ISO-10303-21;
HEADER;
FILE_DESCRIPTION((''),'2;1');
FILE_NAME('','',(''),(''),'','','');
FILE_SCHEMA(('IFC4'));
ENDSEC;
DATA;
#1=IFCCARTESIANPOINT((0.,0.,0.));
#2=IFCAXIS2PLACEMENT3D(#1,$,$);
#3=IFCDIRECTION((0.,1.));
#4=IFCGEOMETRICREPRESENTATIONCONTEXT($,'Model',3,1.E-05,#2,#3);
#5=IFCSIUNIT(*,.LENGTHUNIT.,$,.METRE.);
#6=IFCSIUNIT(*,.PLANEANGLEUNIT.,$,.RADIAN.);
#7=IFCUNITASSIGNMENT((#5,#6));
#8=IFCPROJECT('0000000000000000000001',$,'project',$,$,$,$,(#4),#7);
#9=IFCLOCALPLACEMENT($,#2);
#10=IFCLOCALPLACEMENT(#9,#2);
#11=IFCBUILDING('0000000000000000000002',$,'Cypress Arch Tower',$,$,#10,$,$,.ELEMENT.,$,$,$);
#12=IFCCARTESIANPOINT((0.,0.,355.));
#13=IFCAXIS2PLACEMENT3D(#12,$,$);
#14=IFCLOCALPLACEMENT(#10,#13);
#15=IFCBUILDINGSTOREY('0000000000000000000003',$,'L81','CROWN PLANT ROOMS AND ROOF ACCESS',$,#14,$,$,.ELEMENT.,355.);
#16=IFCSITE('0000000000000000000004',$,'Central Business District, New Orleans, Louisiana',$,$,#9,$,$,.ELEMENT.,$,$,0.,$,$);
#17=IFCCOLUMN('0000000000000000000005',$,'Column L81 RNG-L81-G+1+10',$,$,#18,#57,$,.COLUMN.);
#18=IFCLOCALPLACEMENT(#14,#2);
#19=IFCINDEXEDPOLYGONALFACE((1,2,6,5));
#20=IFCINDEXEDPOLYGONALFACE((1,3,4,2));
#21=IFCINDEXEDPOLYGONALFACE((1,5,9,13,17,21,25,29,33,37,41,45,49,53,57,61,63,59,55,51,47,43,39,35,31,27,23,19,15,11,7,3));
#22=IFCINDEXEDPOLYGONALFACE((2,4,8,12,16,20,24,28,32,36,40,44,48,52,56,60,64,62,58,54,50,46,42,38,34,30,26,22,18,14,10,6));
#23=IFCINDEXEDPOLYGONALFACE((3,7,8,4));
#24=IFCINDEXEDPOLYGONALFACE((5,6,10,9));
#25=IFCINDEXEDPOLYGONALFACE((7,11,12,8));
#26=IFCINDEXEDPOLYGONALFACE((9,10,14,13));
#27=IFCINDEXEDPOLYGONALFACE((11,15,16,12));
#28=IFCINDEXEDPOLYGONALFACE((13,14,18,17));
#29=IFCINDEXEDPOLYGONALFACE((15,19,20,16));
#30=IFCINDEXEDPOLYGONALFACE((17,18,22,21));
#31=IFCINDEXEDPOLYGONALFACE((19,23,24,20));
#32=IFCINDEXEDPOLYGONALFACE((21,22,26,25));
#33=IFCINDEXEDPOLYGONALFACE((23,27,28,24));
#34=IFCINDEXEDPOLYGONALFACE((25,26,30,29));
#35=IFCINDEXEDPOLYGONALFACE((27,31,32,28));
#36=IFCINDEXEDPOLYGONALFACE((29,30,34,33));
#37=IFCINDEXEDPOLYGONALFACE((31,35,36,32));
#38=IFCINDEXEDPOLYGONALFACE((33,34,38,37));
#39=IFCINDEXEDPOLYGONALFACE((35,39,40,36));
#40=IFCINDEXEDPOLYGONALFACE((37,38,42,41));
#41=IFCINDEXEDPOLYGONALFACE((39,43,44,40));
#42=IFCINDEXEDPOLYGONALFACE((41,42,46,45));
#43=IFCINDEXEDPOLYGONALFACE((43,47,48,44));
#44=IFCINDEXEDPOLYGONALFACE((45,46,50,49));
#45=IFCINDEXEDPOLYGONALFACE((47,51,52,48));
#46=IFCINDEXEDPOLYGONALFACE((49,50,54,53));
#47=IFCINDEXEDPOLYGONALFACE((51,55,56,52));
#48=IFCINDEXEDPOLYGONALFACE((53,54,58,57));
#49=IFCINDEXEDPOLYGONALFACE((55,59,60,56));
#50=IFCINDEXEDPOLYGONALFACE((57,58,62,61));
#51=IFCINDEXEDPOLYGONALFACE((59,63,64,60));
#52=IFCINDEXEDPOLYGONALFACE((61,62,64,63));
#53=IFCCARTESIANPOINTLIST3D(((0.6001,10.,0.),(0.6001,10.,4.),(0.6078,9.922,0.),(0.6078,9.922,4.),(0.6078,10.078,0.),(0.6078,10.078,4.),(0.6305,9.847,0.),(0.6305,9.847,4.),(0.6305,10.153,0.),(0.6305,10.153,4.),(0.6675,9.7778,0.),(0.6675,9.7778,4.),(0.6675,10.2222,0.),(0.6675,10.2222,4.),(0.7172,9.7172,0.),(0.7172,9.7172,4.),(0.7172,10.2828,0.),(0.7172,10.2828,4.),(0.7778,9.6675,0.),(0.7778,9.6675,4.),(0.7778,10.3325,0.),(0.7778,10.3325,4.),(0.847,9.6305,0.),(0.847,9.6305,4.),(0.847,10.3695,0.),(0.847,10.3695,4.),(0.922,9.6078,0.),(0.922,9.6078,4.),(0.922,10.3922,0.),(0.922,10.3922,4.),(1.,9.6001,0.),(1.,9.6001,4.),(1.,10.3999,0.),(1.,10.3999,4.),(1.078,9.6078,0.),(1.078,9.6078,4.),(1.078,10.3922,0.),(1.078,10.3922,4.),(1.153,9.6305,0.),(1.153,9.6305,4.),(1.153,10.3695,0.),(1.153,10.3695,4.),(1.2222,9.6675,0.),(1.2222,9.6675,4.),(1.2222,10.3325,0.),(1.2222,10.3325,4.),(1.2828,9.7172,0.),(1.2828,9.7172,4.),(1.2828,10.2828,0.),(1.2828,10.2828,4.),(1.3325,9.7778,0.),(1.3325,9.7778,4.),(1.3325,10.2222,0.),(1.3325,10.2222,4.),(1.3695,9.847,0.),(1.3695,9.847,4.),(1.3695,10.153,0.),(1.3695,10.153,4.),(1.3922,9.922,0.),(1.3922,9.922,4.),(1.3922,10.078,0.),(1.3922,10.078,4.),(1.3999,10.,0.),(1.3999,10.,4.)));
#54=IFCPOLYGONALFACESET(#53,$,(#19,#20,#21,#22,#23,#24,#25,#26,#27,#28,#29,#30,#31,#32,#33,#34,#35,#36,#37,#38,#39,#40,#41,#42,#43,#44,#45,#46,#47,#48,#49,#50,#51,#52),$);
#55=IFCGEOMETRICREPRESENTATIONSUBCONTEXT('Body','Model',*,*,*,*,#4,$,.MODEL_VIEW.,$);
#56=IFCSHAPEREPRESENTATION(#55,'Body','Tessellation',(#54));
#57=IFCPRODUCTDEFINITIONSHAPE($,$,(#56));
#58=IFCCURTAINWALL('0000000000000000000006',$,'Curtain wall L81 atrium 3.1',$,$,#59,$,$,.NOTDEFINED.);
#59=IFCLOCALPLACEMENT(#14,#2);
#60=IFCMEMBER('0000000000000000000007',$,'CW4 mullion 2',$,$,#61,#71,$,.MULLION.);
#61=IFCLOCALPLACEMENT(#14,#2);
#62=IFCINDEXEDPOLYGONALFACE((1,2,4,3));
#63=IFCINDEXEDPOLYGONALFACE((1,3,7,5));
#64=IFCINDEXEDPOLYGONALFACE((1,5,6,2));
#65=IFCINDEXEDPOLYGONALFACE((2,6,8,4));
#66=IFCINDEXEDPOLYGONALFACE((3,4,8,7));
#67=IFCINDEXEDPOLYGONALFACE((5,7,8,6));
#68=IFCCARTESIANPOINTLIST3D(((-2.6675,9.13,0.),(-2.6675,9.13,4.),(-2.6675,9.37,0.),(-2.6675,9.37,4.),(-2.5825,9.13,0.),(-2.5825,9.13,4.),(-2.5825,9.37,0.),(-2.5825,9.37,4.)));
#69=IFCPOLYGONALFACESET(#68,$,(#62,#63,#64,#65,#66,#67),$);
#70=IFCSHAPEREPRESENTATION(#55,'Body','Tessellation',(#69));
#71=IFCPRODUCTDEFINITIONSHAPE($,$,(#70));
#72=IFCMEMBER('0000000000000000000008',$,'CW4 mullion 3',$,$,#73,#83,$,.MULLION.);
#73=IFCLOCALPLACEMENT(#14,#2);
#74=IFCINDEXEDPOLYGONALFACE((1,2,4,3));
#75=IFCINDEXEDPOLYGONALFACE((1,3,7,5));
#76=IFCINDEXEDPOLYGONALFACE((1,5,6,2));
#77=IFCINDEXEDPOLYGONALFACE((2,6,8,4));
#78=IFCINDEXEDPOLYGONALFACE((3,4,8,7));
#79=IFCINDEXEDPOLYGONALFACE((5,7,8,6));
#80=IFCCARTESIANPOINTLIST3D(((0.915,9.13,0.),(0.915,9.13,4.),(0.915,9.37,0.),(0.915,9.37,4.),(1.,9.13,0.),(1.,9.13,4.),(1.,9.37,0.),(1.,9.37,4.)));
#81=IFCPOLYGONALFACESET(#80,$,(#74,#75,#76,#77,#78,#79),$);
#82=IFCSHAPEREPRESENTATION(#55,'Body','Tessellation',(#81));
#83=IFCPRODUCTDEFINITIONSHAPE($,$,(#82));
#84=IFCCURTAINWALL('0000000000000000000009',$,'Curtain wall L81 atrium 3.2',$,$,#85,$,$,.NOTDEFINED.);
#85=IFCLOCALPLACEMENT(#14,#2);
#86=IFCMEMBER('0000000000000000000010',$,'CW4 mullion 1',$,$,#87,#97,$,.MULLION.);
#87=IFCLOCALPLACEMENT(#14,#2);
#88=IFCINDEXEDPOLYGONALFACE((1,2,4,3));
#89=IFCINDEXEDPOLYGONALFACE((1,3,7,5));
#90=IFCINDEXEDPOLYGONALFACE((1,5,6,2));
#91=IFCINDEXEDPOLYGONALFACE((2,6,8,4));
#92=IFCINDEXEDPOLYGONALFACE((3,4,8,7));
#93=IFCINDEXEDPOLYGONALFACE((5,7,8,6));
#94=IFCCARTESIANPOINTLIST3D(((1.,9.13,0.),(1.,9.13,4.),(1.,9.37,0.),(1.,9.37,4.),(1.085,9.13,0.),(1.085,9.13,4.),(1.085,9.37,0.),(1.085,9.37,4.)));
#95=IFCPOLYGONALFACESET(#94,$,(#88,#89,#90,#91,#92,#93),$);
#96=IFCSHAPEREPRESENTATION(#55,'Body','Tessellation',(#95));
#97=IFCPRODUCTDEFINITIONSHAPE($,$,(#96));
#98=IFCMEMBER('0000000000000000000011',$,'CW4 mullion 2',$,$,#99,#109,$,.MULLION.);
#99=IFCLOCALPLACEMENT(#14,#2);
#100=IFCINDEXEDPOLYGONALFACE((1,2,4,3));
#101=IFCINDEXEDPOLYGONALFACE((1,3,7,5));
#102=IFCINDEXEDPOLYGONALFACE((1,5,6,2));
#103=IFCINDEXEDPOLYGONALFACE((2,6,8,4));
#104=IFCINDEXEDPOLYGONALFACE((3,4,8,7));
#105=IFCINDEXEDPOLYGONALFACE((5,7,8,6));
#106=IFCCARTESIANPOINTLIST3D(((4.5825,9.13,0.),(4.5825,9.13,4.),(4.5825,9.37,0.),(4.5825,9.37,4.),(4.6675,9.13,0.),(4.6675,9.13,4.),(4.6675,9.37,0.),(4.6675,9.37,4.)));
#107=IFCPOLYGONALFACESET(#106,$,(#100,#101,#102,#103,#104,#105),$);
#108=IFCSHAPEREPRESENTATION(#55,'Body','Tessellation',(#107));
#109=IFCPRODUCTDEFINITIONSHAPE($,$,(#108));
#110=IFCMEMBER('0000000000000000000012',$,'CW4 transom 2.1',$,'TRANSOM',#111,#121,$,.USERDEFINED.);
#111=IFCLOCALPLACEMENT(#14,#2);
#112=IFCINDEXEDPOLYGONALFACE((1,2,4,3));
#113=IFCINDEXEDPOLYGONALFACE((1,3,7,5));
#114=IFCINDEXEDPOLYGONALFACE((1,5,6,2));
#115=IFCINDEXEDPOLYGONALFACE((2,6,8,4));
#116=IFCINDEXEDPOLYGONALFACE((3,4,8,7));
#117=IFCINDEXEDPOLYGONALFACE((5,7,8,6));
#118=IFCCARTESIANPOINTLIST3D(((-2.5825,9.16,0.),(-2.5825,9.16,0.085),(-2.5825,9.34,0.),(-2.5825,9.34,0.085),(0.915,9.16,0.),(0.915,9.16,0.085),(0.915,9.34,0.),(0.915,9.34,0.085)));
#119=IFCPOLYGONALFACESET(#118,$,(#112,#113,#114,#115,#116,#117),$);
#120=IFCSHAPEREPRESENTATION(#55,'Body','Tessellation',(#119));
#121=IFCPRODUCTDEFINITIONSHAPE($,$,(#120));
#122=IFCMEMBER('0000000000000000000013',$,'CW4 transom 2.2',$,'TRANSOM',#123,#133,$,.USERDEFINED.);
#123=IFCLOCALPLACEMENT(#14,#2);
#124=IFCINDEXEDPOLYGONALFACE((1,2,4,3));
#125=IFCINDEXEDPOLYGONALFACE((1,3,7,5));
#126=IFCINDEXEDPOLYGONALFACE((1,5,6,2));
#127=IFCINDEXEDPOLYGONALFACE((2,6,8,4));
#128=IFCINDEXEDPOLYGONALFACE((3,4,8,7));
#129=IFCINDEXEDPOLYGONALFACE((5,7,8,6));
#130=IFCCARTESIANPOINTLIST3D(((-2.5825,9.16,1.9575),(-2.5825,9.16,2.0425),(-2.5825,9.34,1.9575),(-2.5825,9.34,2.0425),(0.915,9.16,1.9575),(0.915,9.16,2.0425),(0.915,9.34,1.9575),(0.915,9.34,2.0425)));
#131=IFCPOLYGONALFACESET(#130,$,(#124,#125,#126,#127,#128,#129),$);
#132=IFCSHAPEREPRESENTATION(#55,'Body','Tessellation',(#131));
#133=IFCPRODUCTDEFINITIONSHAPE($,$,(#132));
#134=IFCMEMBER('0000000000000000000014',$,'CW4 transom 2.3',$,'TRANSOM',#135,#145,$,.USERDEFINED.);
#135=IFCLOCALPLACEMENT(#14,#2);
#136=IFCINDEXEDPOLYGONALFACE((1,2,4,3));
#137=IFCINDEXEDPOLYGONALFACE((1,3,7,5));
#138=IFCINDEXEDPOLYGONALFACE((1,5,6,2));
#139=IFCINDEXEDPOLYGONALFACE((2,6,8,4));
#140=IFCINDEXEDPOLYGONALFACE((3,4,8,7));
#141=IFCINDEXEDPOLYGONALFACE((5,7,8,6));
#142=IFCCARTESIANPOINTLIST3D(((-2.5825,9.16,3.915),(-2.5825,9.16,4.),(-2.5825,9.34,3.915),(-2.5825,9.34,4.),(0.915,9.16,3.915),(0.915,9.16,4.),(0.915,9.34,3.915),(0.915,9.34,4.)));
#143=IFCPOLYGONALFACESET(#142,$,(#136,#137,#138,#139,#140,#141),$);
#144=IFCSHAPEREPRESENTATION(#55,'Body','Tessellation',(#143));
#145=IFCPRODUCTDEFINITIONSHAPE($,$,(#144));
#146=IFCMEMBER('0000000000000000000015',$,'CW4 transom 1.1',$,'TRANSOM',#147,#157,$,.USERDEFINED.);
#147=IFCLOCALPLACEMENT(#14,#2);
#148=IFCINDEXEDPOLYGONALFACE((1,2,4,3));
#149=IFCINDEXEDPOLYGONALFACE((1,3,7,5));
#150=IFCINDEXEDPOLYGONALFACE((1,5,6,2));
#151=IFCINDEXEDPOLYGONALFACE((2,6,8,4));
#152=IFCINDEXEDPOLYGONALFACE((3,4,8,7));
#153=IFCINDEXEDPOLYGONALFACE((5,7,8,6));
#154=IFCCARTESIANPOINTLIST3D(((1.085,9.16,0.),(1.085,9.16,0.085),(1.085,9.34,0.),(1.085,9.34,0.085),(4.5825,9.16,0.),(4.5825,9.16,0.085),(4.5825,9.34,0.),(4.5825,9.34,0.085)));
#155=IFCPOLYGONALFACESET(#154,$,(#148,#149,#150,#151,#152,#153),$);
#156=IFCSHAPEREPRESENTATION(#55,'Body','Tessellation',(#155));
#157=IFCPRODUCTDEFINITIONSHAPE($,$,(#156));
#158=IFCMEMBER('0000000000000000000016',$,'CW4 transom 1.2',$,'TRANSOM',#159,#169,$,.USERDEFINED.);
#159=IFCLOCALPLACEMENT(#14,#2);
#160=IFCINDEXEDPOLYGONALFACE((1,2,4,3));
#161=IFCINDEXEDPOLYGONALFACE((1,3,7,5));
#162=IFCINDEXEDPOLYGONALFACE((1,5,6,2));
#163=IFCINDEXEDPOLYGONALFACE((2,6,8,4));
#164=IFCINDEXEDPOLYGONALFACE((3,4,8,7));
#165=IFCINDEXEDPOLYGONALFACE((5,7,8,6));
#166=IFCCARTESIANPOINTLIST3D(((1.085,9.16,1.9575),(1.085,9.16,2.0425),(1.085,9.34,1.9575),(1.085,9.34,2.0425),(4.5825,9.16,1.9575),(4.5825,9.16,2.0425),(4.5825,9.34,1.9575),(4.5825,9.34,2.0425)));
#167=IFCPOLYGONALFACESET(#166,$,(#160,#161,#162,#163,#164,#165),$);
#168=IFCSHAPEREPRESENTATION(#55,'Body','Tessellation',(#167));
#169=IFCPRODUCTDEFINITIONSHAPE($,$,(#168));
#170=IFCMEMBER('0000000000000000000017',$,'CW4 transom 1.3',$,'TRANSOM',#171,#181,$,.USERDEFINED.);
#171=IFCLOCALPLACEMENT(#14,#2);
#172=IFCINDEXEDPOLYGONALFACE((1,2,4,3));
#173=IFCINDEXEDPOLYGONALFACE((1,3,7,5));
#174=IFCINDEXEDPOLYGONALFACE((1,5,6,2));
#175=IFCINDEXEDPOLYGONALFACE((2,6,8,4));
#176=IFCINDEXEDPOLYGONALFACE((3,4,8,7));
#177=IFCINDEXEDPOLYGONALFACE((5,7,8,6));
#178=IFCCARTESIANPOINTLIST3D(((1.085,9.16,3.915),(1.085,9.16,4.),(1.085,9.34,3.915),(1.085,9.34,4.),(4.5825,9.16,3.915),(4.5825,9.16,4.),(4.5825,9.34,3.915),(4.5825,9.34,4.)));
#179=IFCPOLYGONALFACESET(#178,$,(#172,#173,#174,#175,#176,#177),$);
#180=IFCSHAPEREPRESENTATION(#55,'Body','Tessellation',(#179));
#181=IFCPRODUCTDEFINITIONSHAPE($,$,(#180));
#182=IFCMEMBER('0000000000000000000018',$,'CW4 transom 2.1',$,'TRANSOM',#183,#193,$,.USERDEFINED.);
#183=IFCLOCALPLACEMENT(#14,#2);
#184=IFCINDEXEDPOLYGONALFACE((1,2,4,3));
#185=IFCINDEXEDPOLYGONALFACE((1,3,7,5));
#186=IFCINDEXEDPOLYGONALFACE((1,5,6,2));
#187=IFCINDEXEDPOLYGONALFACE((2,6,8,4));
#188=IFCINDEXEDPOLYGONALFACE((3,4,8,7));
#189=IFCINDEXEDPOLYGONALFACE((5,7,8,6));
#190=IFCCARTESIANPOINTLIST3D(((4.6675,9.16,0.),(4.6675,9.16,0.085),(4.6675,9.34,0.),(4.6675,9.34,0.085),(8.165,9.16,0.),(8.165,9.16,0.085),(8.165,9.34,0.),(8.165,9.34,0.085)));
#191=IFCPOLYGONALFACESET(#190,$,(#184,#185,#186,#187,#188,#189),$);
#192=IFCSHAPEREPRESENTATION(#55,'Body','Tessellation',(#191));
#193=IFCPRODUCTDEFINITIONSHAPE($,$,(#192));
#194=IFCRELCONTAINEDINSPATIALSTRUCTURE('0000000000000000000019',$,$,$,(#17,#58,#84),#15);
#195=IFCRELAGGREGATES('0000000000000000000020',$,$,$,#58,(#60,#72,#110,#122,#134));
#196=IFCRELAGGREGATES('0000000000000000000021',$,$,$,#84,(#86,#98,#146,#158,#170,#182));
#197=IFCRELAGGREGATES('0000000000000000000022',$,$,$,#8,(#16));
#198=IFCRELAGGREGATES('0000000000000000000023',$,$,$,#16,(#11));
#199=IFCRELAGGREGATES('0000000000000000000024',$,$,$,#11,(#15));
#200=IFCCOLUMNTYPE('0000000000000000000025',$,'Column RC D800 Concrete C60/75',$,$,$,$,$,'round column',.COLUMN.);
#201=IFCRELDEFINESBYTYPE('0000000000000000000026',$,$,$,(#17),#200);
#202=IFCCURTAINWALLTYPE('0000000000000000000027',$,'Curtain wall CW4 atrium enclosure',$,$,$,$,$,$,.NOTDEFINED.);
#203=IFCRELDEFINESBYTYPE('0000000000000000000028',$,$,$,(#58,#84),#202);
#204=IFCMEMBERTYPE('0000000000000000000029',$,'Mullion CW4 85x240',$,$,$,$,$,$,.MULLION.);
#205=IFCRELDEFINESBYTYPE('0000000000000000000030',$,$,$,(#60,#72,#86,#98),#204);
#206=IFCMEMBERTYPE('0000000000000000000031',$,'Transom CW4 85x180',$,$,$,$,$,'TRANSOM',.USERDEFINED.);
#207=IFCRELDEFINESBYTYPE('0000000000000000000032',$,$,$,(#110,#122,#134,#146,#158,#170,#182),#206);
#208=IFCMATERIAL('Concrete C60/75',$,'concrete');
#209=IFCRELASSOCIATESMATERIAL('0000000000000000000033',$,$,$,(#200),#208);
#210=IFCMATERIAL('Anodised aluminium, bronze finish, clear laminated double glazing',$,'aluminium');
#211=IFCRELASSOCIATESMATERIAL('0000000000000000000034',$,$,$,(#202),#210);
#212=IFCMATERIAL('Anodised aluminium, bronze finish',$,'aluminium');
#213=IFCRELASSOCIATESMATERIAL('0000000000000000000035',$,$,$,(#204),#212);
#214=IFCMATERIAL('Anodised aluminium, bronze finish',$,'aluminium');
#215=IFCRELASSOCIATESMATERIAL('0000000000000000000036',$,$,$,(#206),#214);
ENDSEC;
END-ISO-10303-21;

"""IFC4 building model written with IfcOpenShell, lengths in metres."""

from ifc_helpers import new_model, si_unit, direction, frame, origin, origin_2d, place, context, subcontext, project, spatial, rectangle, circle, extrude, material, material_profile, profile_set, type_object, element, aggregate, save


model = new_model("IFC4")

# Units and contexts
model_context = context("Model", 3, precision=1e-05, world=origin(), true_north=direction((0.0, 1.0)))
body_context = subcontext(model_context, "Body", "Model", "MODEL_VIEW")
ifc_project = project(units=[si_unit("LENGTHUNIT", "METRE"), si_unit("PLANEANGLEUNIT", "RADIAN")], contexts=[model_context])

# Site, building, storey
site_placement = place(None, origin())
site = spatial("IfcSite", under=ifc_project, at=site_placement, Name="Central Business District, New Orleans, Louisiana", CompositionType="ELEMENT", RefElevation=0.0)
building_placement = place(site_placement, origin())
building = spatial("IfcBuilding", under=site, at=building_placement, Name="Cypress Arch Tower", CompositionType="ELEMENT")
storey_placement = place(building_placement, frame((0.0, 0.0, 355.0)))
storey = spatial("IfcBuildingStorey", under=building, at=storey_placement, Name="L81", Description="CROWN PLANT ROOMS AND ROOF ACCESS", CompositionType="ELEMENT", Elevation=355.0)

# Column
ifc_material_1 = material(Name="Concrete C60/75", Category="concrete")
ifc_material_profile_1 = material_profile(ifc_material_1, circle(Radius=0.3999, at=origin_2d()), Name="RC D800")
ifc_profile_set_1 = profile_set([ifc_material_profile_1], Name="Concrete C60/75")
column_type = type_object("IfcColumnType", Name="Column RC D800 Concrete C60/75", ElementType="round column", PredefinedType="COLUMN", material=ifc_profile_set_1)
column_placement = place(storey_placement, frame((1.0, 10.0, 0.0), z_axis=(0.0, 0.0, 1.0), x_axis=(1.0, 0.0, 0.0)))
element("IfcColumn", 1, at=column_placement, inside=storey, type_object=column_type, Name="Column L81 RNG-L81-G+1+10", PredefinedType="COLUMN", context=body_context, shape_type="SweptSolid", body=[
    extrude(circle(Radius=0.3999, at=origin_2d()), origin(), (0.0, 0.0, 1.0), 4.0),
])

# Curtain walls, members
ifc_material_2 = material(Name="Anodised aluminium, bronze finish, clear laminated double glazing", Category="aluminium")
curtain_wall_type = type_object("IfcCurtainWallType", Name="Curtain wall CW4 atrium enclosure", PredefinedType="NOTDEFINED", material=ifc_material_2)
curtain_wall_1_placement = place(storey_placement, origin())
curtain_wall_1 = element("IfcCurtainWall", 2, at=curtain_wall_1_placement, inside=storey, type_object=curtain_wall_type, Name="Curtain wall L81 atrium 3.1", PredefinedType="NOTDEFINED")
ifc_material_3 = material(Name="Anodised aluminium, bronze finish", Category="aluminium")
ifc_material_profile_2 = material_profile(ifc_material_3, rectangle(XDim=0.24, YDim=0.085, at=origin_2d()), Name="Mullion 85x240")
ifc_profile_set_2 = profile_set([ifc_material_profile_2], Name="Anodised aluminium, bronze finish")
member_type_1 = type_object("IfcMemberType", Name="Mullion CW4 85x240", PredefinedType="MULLION", material=ifc_profile_set_2)
member_1_placement = place(storey_placement, frame((-2.625, 9.25, 0.0), z_axis=(0.0, 0.0, 1.0), x_axis=(0.0, 1.0, 0.0)))
member_1 = element("IfcMember", 3, at=member_1_placement, type_object=member_type_1, Name="CW4 mullion 2", PredefinedType="MULLION", context=body_context, shape_type="SweptSolid", body=[
    extrude(rectangle(XDim=0.24, YDim=0.085, at=origin_2d()), origin(), (0.0, 0.0, 1.0), 4.0),
])
member_2_placement = place(storey_placement, frame((0.9575, 9.25, 0.0), z_axis=(0.0, 0.0, 1.0), x_axis=(0.0, 1.0, 0.0)))
member_2 = element("IfcMember", 4, at=member_2_placement, type_object=member_type_1, Name="CW4 mullion 3", PredefinedType="MULLION", context=body_context, shape_type="SweptSolid", body=[
    extrude(rectangle(XDim=0.24, YDim=0.085, at=origin_2d()), origin(), (0.0, 0.0, 1.0), 4.0),
])
curtain_wall_2_placement = place(storey_placement, origin())
curtain_wall_2 = element("IfcCurtainWall", 5, at=curtain_wall_2_placement, inside=storey, type_object=curtain_wall_type, Name="Curtain wall L81 atrium 3.2", PredefinedType="NOTDEFINED")
member_3_placement = place(storey_placement, frame((1.0425, 9.25, 0.0), z_axis=(0.0, 0.0, 1.0), x_axis=(0.0, 1.0, 0.0)))
member_3 = element("IfcMember", 6, at=member_3_placement, type_object=member_type_1, Name="CW4 mullion 1", PredefinedType="MULLION", context=body_context, shape_type="SweptSolid", body=[
    extrude(rectangle(XDim=0.24, YDim=0.085, at=origin_2d()), origin(), (0.0, 0.0, 1.0), 4.0),
])
member_4_placement = place(storey_placement, frame((4.625, 9.25, 0.0), z_axis=(0.0, 0.0, 1.0), x_axis=(0.0, 1.0, 0.0)))
member_4 = element("IfcMember", 7, at=member_4_placement, type_object=member_type_1, Name="CW4 mullion 2", PredefinedType="MULLION", context=body_context, shape_type="SweptSolid", body=[
    extrude(rectangle(XDim=0.24, YDim=0.085, at=origin_2d()), origin(), (0.0, 0.0, 1.0), 4.0),
])

# Members
ifc_material_4 = material(Name="Anodised aluminium, bronze finish", Category="aluminium")
ifc_material_profile_3 = material_profile(ifc_material_4, rectangle(XDim=0.1799, YDim=0.085, at=origin_2d()), Name="Transom 85x180")
ifc_profile_set_3 = profile_set([ifc_material_profile_3], Name="Anodised aluminium, bronze finish")
member_type_2 = type_object("IfcMemberType", Name="Transom CW4 85x180", ElementType="TRANSOM", PredefinedType="USERDEFINED", material=ifc_profile_set_3)
member_5_placement = place(storey_placement, frame((-2.5825, 9.25, 0.0425), z_axis=(1.0, 0.0, 0.0), x_axis=(0.0, 1.0, 0.0)))
member_5 = element("IfcMember", 8, at=member_5_placement, type_object=member_type_2, Name="CW4 transom 2.1", ObjectType="TRANSOM", PredefinedType="USERDEFINED", context=body_context, shape_type="SweptSolid", body=[
    extrude(rectangle(XDim=0.1799, YDim=0.085, at=origin_2d()), origin(), (0.0, 0.0, 1.0), 3.4976),
])
member_6_placement = place(storey_placement, frame((-2.5825, 9.25, 2.0), z_axis=(1.0, 0.0, 0.0), x_axis=(0.0, 1.0, 0.0)))
member_6 = element("IfcMember", 9, at=member_6_placement, type_object=member_type_2, Name="CW4 transom 2.2", ObjectType="TRANSOM", PredefinedType="USERDEFINED", context=body_context, shape_type="SweptSolid", body=[
    extrude(rectangle(XDim=0.1799, YDim=0.085, at=origin_2d()), origin(), (0.0, 0.0, 1.0), 3.4976),
])
member_7_placement = place(storey_placement, frame((-2.5825, 9.25, 3.9575), z_axis=(1.0, 0.0, 0.0), x_axis=(0.0, 1.0, 0.0)))
member_7 = element("IfcMember", 10, at=member_7_placement, type_object=member_type_2, Name="CW4 transom 2.3", ObjectType="TRANSOM", PredefinedType="USERDEFINED", context=body_context, shape_type="SweptSolid", body=[
    extrude(rectangle(XDim=0.1799, YDim=0.085, at=origin_2d()), origin(), (0.0, 0.0, 1.0), 3.4976),
])
member_8_placement = place(storey_placement, frame((1.085, 9.25, 0.0425), z_axis=(1.0, 0.0, 0.0), x_axis=(0.0, 1.0, 0.0)))
member_8 = element("IfcMember", 11, at=member_8_placement, type_object=member_type_2, Name="CW4 transom 1.1", ObjectType="TRANSOM", PredefinedType="USERDEFINED", context=body_context, shape_type="SweptSolid", body=[
    extrude(rectangle(XDim=0.1799, YDim=0.085, at=origin_2d()), origin(), (0.0, 0.0, 1.0), 3.4976),
])
member_9_placement = place(storey_placement, frame((1.085, 9.25, 2.0), z_axis=(1.0, 0.0, 0.0), x_axis=(0.0, 1.0, 0.0)))
member_9 = element("IfcMember", 12, at=member_9_placement, type_object=member_type_2, Name="CW4 transom 1.2", ObjectType="TRANSOM", PredefinedType="USERDEFINED", context=body_context, shape_type="SweptSolid", body=[
    extrude(rectangle(XDim=0.1799, YDim=0.085, at=origin_2d()), origin(), (0.0, 0.0, 1.0), 3.4976),
])
member_10_placement = place(storey_placement, frame((1.085, 9.25, 3.9575), z_axis=(1.0, 0.0, 0.0), x_axis=(0.0, 1.0, 0.0)))
member_10 = element("IfcMember", 13, at=member_10_placement, type_object=member_type_2, Name="CW4 transom 1.3", ObjectType="TRANSOM", PredefinedType="USERDEFINED", context=body_context, shape_type="SweptSolid", body=[
    extrude(rectangle(XDim=0.1799, YDim=0.085, at=origin_2d()), origin(), (0.0, 0.0, 1.0), 3.4976),
])
member_11_placement = place(storey_placement, frame((4.6675, 9.25, 0.0425), z_axis=(1.0, 0.0, 0.0), x_axis=(0.0, 1.0, 0.0)))
member_11 = element("IfcMember", 14, at=member_11_placement, type_object=member_type_2, Name="CW4 transom 2.1", ObjectType="TRANSOM", PredefinedType="USERDEFINED", context=body_context, shape_type="SweptSolid", body=[
    extrude(rectangle(XDim=0.1799, YDim=0.085, at=origin_2d()), origin(), (0.0, 0.0, 1.0), 3.4976),
])

aggregate(curtain_wall_1, [member_1, member_2, member_5, member_6, member_7])
aggregate(curtain_wall_2, [member_3, member_4, member_8, member_9, member_10, member_11])

save(model, "model.ifc")
